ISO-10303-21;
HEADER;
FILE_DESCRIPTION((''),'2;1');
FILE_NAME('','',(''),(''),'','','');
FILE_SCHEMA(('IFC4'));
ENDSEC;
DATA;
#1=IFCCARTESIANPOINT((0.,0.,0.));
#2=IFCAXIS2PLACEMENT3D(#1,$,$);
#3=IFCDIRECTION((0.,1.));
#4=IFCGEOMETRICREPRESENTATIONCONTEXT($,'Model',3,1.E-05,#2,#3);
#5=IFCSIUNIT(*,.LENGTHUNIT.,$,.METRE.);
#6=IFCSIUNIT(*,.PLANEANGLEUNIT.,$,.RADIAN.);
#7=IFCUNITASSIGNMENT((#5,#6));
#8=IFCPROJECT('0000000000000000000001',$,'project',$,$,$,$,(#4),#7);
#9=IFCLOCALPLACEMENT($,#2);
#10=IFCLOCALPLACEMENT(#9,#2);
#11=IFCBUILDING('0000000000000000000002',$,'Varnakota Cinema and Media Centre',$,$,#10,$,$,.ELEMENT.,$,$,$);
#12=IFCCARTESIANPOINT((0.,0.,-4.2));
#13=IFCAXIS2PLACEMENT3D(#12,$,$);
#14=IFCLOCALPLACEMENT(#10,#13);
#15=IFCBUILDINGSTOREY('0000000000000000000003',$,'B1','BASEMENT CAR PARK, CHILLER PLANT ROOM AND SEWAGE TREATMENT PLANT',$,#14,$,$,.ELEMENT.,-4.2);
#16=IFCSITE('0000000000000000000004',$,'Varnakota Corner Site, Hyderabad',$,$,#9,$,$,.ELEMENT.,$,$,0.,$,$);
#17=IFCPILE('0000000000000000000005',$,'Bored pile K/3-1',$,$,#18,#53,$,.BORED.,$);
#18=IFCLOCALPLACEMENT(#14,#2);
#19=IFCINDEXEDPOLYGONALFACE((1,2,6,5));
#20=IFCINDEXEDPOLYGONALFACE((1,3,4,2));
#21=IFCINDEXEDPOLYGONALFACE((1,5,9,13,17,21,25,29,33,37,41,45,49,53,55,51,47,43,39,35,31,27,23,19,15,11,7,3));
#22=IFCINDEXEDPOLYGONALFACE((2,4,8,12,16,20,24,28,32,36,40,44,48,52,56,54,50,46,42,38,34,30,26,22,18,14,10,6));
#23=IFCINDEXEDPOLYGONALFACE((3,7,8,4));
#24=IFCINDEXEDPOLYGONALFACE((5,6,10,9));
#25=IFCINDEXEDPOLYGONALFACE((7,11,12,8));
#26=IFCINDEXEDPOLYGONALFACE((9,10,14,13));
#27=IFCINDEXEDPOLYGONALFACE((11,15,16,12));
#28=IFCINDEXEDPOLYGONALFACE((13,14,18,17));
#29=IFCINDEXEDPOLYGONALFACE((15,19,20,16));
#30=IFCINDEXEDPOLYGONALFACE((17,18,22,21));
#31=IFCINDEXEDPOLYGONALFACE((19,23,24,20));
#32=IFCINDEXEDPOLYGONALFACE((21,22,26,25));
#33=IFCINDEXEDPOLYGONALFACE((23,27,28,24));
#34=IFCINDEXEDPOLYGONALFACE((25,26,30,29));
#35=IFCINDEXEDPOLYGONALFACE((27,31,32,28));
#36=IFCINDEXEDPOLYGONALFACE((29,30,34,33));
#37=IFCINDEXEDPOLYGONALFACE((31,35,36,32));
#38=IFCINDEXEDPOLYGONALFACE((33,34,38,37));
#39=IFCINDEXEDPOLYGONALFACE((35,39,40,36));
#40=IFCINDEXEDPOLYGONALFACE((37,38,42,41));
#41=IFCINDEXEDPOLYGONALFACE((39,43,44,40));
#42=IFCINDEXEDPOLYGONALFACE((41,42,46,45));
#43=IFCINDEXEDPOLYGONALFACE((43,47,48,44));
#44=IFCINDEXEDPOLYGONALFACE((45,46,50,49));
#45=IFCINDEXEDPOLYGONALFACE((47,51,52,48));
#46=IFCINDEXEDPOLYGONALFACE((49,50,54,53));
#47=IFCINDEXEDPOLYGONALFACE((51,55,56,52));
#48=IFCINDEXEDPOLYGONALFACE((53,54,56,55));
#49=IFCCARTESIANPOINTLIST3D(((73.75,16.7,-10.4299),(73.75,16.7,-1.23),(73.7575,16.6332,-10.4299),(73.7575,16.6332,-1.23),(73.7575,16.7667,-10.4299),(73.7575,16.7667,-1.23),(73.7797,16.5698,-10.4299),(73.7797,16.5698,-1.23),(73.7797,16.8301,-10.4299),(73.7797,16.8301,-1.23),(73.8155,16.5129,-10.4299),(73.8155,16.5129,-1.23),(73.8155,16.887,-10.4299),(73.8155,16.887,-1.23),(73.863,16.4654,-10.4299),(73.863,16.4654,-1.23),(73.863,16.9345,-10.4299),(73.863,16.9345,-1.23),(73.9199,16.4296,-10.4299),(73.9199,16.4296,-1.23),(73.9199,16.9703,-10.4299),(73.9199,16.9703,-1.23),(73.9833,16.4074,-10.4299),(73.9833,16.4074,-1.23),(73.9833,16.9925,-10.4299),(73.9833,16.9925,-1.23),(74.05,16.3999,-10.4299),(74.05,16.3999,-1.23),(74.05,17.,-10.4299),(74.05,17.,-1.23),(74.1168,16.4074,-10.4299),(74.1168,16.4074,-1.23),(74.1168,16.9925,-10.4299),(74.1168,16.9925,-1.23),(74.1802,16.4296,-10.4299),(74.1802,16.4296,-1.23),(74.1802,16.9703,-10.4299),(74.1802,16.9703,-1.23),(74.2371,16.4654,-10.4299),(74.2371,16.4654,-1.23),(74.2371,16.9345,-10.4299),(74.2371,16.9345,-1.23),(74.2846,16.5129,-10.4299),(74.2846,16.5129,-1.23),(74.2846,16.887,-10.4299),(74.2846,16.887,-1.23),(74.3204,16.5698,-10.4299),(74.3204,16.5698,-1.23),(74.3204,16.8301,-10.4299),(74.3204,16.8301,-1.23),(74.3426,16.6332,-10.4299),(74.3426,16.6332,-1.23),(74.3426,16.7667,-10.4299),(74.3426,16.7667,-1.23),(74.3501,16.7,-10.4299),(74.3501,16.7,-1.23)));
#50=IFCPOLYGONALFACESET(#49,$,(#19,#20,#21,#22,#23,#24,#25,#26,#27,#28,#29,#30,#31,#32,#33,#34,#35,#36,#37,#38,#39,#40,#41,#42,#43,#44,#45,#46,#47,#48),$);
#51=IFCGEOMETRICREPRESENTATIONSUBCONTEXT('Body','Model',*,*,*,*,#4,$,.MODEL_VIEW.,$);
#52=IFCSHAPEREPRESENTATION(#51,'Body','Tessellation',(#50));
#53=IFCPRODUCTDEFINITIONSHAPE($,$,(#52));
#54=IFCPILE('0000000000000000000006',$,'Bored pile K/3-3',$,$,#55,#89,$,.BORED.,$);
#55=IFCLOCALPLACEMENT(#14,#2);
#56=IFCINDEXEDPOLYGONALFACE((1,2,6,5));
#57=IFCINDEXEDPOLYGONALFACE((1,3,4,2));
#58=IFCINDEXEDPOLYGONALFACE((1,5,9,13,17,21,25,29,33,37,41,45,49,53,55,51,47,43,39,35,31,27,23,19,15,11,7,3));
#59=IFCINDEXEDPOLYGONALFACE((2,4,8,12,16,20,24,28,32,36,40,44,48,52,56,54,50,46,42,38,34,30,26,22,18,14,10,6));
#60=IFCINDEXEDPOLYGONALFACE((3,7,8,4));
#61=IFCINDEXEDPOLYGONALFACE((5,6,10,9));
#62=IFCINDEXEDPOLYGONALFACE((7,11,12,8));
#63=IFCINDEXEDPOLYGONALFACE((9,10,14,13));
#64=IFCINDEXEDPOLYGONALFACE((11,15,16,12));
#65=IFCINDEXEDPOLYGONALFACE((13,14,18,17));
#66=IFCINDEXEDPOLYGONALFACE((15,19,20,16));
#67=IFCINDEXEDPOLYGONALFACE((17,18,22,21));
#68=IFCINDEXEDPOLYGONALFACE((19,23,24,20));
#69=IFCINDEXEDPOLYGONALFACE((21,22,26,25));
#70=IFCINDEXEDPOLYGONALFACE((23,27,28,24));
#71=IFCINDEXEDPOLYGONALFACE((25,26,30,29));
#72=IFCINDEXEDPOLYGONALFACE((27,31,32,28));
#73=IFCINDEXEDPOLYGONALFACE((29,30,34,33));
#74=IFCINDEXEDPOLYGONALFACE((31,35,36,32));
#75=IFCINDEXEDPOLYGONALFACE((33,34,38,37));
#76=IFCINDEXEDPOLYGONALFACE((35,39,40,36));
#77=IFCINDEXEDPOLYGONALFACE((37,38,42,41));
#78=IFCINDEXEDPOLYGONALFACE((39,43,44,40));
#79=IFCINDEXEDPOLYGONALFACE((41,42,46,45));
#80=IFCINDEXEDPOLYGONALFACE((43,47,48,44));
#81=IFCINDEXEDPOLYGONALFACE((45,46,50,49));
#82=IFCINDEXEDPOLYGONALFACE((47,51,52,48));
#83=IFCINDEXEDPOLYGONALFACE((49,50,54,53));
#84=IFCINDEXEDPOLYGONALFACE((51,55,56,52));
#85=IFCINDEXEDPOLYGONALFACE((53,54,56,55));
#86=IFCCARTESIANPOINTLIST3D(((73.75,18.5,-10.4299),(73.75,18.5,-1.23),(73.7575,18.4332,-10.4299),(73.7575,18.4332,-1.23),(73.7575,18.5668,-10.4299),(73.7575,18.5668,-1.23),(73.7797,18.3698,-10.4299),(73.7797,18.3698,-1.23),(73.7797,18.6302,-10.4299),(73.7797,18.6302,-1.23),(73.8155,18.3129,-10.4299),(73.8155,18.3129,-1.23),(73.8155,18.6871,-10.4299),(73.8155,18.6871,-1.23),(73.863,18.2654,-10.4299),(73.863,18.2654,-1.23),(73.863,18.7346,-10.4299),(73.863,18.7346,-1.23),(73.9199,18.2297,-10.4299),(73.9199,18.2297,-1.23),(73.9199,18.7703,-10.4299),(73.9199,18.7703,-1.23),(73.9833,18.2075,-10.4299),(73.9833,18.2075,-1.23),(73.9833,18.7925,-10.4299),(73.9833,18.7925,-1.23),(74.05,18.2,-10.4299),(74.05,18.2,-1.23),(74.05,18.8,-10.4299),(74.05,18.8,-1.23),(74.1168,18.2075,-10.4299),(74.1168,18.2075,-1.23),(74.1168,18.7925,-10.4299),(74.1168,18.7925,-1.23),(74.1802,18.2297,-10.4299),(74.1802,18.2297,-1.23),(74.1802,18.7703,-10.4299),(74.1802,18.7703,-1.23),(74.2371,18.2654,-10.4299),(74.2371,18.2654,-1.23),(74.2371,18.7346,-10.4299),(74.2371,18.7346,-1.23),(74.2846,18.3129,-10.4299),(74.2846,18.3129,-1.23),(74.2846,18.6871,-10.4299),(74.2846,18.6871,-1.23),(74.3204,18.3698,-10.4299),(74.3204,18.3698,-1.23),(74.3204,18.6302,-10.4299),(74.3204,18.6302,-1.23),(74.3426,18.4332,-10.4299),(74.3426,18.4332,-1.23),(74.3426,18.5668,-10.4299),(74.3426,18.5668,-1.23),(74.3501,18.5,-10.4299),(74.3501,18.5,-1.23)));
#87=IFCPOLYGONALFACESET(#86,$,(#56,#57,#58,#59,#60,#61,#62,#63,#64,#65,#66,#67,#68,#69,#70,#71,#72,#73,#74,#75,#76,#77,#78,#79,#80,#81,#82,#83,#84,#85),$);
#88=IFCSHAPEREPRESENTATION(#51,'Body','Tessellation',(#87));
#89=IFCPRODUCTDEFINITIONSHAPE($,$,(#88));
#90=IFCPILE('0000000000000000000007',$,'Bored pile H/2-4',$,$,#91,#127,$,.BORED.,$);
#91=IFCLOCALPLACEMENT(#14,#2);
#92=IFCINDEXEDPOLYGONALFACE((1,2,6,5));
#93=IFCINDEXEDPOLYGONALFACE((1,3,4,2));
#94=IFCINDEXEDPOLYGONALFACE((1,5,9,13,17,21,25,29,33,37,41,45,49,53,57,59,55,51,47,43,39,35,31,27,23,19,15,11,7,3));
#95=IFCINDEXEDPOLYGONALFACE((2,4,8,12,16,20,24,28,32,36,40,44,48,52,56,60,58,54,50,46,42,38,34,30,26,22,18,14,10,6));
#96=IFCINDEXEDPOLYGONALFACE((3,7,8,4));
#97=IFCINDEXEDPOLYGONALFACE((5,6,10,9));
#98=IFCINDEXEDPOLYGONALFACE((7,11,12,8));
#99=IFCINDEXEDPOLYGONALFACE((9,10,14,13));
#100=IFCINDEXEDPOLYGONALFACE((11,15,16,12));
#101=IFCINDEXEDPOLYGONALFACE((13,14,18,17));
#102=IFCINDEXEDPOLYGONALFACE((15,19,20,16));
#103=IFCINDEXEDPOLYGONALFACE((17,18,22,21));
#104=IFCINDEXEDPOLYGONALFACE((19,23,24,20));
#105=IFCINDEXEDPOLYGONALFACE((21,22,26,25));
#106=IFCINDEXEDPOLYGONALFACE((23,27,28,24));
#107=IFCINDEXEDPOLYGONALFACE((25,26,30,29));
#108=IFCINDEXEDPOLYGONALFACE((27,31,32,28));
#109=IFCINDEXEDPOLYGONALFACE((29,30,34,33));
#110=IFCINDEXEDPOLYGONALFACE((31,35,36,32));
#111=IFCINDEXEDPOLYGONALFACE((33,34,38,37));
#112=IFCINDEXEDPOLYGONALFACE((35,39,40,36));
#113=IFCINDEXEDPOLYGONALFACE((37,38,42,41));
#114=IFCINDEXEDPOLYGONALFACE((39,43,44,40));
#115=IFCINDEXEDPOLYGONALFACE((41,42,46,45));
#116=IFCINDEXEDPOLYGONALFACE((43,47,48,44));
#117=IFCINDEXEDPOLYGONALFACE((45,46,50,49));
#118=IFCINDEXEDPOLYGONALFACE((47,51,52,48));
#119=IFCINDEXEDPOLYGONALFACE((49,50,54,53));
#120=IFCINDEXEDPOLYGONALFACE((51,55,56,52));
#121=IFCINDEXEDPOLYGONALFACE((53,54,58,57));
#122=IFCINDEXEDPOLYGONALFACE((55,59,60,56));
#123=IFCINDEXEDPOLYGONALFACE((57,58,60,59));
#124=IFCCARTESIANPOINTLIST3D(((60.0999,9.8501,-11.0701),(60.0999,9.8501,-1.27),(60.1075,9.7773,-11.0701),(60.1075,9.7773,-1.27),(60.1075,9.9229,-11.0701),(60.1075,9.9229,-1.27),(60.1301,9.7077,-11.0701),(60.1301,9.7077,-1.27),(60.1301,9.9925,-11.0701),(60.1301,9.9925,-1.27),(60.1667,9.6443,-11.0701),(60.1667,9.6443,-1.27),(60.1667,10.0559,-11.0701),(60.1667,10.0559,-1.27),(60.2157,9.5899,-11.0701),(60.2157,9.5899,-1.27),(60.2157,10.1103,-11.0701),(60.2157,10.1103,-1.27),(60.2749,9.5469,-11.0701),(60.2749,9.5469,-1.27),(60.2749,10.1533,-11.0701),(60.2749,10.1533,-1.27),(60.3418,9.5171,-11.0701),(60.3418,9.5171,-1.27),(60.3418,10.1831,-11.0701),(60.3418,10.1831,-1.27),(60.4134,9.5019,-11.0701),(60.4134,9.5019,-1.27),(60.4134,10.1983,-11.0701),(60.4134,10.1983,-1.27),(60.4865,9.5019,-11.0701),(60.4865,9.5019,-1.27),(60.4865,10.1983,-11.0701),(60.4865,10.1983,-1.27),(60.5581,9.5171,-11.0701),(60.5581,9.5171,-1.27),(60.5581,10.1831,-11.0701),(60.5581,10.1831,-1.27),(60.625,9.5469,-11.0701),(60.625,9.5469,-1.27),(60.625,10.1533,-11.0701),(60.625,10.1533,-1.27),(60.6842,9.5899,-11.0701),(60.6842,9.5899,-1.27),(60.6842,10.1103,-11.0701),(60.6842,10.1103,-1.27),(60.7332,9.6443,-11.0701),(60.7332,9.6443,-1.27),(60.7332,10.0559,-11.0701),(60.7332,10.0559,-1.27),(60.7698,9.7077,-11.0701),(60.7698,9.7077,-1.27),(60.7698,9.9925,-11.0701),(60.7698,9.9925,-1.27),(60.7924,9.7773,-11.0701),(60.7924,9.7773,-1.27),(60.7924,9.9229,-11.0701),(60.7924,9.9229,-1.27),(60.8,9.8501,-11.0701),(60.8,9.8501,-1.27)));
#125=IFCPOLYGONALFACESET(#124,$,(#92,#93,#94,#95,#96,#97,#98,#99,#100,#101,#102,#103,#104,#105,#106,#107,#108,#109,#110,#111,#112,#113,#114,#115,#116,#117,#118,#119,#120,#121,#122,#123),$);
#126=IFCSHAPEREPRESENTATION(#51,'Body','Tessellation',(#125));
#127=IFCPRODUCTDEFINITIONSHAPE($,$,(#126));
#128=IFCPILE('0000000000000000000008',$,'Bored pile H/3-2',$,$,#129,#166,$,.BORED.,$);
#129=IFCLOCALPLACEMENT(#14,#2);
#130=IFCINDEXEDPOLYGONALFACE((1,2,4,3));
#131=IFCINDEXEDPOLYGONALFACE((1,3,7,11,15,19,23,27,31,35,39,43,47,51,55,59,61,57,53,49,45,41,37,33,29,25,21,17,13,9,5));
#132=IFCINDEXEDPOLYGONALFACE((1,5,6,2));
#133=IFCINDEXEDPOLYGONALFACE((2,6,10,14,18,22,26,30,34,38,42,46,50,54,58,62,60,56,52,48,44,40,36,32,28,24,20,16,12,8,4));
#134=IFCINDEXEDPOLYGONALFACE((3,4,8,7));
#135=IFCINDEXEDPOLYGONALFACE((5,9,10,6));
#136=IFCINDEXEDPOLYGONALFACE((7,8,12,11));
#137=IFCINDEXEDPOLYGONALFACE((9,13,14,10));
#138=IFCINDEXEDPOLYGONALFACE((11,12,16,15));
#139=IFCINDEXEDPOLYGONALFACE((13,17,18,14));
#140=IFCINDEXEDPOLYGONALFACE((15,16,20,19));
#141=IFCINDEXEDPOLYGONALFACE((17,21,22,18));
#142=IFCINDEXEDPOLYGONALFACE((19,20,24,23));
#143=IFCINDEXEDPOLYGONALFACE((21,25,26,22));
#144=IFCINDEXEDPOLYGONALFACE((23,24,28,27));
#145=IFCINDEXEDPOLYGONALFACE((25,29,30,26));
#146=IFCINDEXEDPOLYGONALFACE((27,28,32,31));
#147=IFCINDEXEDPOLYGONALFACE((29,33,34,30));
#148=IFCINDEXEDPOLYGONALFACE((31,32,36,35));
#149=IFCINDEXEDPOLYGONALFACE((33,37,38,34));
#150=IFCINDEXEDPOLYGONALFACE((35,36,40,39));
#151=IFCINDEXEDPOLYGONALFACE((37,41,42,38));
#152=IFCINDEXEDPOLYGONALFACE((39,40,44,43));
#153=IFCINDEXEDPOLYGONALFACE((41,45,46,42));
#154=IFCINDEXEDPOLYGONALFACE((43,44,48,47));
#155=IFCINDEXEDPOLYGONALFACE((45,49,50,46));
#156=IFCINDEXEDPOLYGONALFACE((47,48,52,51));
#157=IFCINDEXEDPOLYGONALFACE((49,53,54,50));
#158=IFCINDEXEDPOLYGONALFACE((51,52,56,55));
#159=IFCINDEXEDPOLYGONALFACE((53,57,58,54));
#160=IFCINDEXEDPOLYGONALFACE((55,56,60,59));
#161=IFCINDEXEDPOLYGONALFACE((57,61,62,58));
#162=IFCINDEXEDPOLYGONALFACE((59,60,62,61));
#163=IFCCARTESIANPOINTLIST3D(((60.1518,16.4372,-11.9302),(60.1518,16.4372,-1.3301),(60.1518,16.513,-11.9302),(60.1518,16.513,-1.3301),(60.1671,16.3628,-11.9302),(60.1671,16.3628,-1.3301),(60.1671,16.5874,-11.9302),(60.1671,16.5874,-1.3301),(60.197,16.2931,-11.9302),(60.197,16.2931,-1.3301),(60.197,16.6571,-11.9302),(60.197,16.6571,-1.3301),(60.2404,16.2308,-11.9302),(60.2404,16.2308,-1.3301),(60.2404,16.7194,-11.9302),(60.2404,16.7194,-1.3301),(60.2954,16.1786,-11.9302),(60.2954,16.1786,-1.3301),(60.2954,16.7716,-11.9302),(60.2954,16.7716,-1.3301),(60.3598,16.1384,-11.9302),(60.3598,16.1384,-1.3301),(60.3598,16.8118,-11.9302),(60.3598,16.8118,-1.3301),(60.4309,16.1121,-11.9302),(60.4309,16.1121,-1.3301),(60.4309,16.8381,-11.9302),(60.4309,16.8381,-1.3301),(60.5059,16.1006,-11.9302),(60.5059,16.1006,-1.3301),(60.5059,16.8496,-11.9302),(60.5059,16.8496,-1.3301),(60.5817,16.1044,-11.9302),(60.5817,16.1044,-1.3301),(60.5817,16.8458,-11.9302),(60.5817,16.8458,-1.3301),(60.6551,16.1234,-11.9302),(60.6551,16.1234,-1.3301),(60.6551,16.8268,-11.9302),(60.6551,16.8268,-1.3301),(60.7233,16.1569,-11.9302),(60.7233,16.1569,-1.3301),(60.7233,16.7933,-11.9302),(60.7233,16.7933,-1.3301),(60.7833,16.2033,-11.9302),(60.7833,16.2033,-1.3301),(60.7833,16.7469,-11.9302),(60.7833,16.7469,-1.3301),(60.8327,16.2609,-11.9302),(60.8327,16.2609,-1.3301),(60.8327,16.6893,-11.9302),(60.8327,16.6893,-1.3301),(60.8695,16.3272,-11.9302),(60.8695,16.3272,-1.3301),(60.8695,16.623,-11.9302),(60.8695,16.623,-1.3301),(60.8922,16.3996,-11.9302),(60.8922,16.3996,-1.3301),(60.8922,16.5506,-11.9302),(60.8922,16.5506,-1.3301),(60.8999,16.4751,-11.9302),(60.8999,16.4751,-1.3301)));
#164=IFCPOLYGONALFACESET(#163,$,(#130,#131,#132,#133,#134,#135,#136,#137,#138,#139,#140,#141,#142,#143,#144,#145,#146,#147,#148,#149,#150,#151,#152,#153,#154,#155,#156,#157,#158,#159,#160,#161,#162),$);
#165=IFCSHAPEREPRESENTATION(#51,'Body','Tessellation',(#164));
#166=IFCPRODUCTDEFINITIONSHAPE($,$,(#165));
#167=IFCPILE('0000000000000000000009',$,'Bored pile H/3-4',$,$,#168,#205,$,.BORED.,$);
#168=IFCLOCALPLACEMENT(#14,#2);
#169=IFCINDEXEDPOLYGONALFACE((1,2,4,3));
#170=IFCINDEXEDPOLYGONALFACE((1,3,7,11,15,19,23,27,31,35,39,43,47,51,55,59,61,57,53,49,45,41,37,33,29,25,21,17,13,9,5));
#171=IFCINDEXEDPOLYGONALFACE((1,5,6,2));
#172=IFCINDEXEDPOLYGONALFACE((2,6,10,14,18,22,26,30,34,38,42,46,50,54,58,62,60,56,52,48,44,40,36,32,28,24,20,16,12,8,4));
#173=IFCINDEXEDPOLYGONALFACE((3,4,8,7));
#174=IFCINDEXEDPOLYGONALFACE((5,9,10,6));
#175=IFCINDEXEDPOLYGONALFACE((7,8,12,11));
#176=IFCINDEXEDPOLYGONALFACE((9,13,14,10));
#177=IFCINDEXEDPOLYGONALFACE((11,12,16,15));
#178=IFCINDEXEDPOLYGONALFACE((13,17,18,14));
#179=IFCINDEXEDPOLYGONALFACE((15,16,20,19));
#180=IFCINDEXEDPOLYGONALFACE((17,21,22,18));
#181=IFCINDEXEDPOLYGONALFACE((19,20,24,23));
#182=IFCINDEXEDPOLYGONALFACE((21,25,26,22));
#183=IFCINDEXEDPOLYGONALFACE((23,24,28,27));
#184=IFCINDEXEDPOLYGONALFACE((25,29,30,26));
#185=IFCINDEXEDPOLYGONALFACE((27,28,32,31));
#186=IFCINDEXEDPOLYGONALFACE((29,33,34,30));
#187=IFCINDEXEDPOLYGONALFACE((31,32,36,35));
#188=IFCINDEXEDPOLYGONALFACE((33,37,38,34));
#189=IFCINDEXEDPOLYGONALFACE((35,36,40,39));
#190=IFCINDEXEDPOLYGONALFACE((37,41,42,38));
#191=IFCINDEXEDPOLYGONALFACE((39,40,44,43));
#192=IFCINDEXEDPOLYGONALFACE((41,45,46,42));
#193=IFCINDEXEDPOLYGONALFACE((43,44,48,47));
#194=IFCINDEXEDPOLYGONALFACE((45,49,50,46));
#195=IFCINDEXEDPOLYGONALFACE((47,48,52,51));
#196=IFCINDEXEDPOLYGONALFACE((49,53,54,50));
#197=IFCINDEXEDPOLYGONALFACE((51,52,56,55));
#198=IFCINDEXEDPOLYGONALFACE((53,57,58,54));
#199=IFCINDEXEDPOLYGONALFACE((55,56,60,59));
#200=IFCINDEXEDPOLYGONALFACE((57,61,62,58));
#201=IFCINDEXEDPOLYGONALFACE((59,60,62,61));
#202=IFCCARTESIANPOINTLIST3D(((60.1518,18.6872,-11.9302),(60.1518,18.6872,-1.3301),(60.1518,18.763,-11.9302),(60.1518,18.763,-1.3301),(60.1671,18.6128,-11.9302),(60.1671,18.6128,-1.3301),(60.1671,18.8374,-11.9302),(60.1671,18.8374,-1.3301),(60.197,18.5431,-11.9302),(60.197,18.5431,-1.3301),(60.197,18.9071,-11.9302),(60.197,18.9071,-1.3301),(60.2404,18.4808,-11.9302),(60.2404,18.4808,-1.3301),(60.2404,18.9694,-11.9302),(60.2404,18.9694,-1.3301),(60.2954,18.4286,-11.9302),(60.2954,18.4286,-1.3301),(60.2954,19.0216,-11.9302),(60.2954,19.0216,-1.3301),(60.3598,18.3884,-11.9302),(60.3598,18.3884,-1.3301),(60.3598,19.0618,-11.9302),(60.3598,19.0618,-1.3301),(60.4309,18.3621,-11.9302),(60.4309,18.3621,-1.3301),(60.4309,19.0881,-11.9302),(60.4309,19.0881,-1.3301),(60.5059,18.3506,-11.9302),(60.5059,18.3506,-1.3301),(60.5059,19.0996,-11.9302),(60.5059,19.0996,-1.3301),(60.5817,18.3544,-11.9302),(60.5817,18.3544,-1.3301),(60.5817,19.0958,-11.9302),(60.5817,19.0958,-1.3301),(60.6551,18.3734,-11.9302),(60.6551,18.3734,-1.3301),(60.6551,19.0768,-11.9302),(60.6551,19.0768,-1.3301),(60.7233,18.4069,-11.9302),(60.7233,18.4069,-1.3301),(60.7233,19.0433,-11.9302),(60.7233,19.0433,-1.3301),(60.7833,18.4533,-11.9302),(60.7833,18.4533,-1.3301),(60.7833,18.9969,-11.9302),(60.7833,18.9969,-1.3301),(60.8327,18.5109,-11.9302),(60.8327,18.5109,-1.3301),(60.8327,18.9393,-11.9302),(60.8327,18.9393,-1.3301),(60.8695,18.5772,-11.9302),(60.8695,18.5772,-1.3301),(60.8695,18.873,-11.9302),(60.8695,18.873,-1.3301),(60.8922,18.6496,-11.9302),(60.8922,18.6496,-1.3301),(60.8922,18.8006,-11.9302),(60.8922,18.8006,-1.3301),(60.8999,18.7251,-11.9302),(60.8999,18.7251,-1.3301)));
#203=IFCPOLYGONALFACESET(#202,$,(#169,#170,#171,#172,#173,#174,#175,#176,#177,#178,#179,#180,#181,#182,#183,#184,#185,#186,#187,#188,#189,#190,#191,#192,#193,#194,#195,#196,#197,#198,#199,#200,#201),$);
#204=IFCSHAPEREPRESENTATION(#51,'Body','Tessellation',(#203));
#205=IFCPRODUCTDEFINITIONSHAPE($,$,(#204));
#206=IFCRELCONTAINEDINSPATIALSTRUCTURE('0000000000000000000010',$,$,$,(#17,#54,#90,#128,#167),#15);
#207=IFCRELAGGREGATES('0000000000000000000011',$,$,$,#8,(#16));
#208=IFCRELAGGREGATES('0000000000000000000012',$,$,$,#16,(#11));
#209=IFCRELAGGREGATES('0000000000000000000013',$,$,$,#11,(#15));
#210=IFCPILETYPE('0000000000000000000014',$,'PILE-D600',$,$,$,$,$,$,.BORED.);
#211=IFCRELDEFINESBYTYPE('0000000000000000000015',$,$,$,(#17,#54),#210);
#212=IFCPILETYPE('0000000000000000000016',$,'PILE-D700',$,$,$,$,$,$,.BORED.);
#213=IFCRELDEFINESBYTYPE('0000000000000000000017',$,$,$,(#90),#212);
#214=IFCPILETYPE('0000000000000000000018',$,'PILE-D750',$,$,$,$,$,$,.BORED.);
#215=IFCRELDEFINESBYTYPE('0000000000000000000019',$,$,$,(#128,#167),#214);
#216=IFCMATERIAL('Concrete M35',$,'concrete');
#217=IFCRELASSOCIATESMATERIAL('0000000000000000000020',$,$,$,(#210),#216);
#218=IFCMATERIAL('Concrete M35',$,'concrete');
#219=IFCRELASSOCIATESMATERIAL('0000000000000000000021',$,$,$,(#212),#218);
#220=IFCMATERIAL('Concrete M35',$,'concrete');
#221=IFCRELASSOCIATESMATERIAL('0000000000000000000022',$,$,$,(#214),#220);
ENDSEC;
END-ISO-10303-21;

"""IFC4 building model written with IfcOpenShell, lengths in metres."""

from ifc_helpers import new_model, si_unit, direction, frame, origin, origin_2d, place, context, subcontext, project, spatial, circle, extrude, material, material_profile, profile_set, type_object, element, save


model = new_model("IFC4")

# Units and contexts
model_context = context("Model", 3, precision=1e-05, world=origin(), true_north=direction((0.0, 1.0)))
body_context = subcontext(model_context, "Body", "Model", "MODEL_VIEW")
ifc_project = project(units=[si_unit("LENGTHUNIT", "METRE"), si_unit("PLANEANGLEUNIT", "RADIAN")], contexts=[model_context])

# Site, building, storey
site_placement = place(None, origin())
site = spatial("IfcSite", under=ifc_project, at=site_placement, Name="Varnakota Corner Site, Hyderabad", CompositionType="ELEMENT", RefElevation=0.0)
building_placement = place(site_placement, origin())
building = spatial("IfcBuilding", under=site, at=building_placement, Name="Varnakota Cinema and Media Centre", CompositionType="ELEMENT")
storey_placement = place(building_placement, frame((0.0, 0.0, -4.2)))
storey = spatial("IfcBuildingStorey", under=building, at=storey_placement, Name="B1", Description="BASEMENT CAR PARK, CHILLER PLANT ROOM AND SEWAGE TREATMENT PLANT", CompositionType="ELEMENT", Elevation=-4.2)

# Piles
ifc_material_1 = material(Name="Concrete M35", Category="concrete")
ifc_material_profile_1 = material_profile(ifc_material_1, circle(Radius=0.3, at=origin_2d()), Name="PILE D600")
ifc_profile_set_1 = profile_set([ifc_material_profile_1], Name="Concrete M35")
pile_type_1 = type_object("IfcPileType", Name="PILE-D600", PredefinedType="BORED", material=ifc_profile_set_1)
for number, where, z_axis, x_axis, name in (
    (1, (74.05, 16.7, -1.23), (0.0, 0.0, -1.0), (1.0, 0.0, 0.0), "Bored pile K/3-1"),
    (2, (74.05, 18.5, -1.23), (0.0, 0.0, -1.0), (1.0, 0.0, 0.0), "Bored pile K/3-3"),
):
    element("IfcPile", number, at=place(storey_placement, frame(where, z_axis=z_axis, x_axis=x_axis)), inside=storey, type_object=pile_type_1, Name=name, PredefinedType="BORED", context=body_context, shape_type="SweptSolid", body=[
        extrude(circle(Radius=0.3, at=origin_2d()), origin(), (0.0, 0.0, 1.0), 9.2),
    ])
ifc_material_2 = material(Name="Concrete M35", Category="concrete")
ifc_material_profile_2 = material_profile(ifc_material_2, circle(Radius=0.3501, at=origin_2d()), Name="PILE D700")
ifc_profile_set_2 = profile_set([ifc_material_profile_2], Name="Concrete M35")
pile_type_2 = type_object("IfcPileType", Name="PILE-D700", PredefinedType="BORED", material=ifc_profile_set_2)
pile_placement = place(storey_placement, frame((60.45, 9.8501, -1.27), z_axis=(0.0, 0.0, -1.0), x_axis=(1.0, 0.0, 0.0)))
element("IfcPile", 3, at=pile_placement, inside=storey, type_object=pile_type_2, Name="Bored pile H/2-4", PredefinedType="BORED", context=body_context, shape_type="SweptSolid", body=[
    extrude(circle(Radius=0.3501, at=origin_2d()), origin(), (0.0, 0.0, 1.0), 9.8),
])
ifc_material_3 = material(Name="Concrete M35", Category="concrete")
ifc_material_profile_3 = material_profile(ifc_material_3, circle(Radius=0.375, at=origin_2d()), Name="PILE D750")
ifc_profile_set_3 = profile_set([ifc_material_profile_3], Name="Concrete M35")
pile_type_3 = type_object("IfcPileType", Name="PILE-D750", PredefinedType="BORED", material=ifc_profile_set_3)
for number, where, z_axis, x_axis, name in (
    (4, (60.5249, 16.4751, -1.3301), (0.0, 0.0, -1.0), (1.0, 0.0, 0.0), "Bored pile H/3-2"),
    (5, (60.5249, 18.7251, -1.3301), (0.0, 0.0, -1.0), (1.0, 0.0, 0.0), "Bored pile H/3-4"),
):
    element("IfcPile", number, at=place(storey_placement, frame(where, z_axis=z_axis, x_axis=x_axis)), inside=storey, type_object=pile_type_3, Name=name, PredefinedType="BORED", context=body_context, shape_type="SweptSolid", body=[
        extrude(circle(Radius=0.375, at=origin_2d()), origin(), (0.0, 0.0, 1.0), 10.6001),
    ])

save(model, "model.ifc")
